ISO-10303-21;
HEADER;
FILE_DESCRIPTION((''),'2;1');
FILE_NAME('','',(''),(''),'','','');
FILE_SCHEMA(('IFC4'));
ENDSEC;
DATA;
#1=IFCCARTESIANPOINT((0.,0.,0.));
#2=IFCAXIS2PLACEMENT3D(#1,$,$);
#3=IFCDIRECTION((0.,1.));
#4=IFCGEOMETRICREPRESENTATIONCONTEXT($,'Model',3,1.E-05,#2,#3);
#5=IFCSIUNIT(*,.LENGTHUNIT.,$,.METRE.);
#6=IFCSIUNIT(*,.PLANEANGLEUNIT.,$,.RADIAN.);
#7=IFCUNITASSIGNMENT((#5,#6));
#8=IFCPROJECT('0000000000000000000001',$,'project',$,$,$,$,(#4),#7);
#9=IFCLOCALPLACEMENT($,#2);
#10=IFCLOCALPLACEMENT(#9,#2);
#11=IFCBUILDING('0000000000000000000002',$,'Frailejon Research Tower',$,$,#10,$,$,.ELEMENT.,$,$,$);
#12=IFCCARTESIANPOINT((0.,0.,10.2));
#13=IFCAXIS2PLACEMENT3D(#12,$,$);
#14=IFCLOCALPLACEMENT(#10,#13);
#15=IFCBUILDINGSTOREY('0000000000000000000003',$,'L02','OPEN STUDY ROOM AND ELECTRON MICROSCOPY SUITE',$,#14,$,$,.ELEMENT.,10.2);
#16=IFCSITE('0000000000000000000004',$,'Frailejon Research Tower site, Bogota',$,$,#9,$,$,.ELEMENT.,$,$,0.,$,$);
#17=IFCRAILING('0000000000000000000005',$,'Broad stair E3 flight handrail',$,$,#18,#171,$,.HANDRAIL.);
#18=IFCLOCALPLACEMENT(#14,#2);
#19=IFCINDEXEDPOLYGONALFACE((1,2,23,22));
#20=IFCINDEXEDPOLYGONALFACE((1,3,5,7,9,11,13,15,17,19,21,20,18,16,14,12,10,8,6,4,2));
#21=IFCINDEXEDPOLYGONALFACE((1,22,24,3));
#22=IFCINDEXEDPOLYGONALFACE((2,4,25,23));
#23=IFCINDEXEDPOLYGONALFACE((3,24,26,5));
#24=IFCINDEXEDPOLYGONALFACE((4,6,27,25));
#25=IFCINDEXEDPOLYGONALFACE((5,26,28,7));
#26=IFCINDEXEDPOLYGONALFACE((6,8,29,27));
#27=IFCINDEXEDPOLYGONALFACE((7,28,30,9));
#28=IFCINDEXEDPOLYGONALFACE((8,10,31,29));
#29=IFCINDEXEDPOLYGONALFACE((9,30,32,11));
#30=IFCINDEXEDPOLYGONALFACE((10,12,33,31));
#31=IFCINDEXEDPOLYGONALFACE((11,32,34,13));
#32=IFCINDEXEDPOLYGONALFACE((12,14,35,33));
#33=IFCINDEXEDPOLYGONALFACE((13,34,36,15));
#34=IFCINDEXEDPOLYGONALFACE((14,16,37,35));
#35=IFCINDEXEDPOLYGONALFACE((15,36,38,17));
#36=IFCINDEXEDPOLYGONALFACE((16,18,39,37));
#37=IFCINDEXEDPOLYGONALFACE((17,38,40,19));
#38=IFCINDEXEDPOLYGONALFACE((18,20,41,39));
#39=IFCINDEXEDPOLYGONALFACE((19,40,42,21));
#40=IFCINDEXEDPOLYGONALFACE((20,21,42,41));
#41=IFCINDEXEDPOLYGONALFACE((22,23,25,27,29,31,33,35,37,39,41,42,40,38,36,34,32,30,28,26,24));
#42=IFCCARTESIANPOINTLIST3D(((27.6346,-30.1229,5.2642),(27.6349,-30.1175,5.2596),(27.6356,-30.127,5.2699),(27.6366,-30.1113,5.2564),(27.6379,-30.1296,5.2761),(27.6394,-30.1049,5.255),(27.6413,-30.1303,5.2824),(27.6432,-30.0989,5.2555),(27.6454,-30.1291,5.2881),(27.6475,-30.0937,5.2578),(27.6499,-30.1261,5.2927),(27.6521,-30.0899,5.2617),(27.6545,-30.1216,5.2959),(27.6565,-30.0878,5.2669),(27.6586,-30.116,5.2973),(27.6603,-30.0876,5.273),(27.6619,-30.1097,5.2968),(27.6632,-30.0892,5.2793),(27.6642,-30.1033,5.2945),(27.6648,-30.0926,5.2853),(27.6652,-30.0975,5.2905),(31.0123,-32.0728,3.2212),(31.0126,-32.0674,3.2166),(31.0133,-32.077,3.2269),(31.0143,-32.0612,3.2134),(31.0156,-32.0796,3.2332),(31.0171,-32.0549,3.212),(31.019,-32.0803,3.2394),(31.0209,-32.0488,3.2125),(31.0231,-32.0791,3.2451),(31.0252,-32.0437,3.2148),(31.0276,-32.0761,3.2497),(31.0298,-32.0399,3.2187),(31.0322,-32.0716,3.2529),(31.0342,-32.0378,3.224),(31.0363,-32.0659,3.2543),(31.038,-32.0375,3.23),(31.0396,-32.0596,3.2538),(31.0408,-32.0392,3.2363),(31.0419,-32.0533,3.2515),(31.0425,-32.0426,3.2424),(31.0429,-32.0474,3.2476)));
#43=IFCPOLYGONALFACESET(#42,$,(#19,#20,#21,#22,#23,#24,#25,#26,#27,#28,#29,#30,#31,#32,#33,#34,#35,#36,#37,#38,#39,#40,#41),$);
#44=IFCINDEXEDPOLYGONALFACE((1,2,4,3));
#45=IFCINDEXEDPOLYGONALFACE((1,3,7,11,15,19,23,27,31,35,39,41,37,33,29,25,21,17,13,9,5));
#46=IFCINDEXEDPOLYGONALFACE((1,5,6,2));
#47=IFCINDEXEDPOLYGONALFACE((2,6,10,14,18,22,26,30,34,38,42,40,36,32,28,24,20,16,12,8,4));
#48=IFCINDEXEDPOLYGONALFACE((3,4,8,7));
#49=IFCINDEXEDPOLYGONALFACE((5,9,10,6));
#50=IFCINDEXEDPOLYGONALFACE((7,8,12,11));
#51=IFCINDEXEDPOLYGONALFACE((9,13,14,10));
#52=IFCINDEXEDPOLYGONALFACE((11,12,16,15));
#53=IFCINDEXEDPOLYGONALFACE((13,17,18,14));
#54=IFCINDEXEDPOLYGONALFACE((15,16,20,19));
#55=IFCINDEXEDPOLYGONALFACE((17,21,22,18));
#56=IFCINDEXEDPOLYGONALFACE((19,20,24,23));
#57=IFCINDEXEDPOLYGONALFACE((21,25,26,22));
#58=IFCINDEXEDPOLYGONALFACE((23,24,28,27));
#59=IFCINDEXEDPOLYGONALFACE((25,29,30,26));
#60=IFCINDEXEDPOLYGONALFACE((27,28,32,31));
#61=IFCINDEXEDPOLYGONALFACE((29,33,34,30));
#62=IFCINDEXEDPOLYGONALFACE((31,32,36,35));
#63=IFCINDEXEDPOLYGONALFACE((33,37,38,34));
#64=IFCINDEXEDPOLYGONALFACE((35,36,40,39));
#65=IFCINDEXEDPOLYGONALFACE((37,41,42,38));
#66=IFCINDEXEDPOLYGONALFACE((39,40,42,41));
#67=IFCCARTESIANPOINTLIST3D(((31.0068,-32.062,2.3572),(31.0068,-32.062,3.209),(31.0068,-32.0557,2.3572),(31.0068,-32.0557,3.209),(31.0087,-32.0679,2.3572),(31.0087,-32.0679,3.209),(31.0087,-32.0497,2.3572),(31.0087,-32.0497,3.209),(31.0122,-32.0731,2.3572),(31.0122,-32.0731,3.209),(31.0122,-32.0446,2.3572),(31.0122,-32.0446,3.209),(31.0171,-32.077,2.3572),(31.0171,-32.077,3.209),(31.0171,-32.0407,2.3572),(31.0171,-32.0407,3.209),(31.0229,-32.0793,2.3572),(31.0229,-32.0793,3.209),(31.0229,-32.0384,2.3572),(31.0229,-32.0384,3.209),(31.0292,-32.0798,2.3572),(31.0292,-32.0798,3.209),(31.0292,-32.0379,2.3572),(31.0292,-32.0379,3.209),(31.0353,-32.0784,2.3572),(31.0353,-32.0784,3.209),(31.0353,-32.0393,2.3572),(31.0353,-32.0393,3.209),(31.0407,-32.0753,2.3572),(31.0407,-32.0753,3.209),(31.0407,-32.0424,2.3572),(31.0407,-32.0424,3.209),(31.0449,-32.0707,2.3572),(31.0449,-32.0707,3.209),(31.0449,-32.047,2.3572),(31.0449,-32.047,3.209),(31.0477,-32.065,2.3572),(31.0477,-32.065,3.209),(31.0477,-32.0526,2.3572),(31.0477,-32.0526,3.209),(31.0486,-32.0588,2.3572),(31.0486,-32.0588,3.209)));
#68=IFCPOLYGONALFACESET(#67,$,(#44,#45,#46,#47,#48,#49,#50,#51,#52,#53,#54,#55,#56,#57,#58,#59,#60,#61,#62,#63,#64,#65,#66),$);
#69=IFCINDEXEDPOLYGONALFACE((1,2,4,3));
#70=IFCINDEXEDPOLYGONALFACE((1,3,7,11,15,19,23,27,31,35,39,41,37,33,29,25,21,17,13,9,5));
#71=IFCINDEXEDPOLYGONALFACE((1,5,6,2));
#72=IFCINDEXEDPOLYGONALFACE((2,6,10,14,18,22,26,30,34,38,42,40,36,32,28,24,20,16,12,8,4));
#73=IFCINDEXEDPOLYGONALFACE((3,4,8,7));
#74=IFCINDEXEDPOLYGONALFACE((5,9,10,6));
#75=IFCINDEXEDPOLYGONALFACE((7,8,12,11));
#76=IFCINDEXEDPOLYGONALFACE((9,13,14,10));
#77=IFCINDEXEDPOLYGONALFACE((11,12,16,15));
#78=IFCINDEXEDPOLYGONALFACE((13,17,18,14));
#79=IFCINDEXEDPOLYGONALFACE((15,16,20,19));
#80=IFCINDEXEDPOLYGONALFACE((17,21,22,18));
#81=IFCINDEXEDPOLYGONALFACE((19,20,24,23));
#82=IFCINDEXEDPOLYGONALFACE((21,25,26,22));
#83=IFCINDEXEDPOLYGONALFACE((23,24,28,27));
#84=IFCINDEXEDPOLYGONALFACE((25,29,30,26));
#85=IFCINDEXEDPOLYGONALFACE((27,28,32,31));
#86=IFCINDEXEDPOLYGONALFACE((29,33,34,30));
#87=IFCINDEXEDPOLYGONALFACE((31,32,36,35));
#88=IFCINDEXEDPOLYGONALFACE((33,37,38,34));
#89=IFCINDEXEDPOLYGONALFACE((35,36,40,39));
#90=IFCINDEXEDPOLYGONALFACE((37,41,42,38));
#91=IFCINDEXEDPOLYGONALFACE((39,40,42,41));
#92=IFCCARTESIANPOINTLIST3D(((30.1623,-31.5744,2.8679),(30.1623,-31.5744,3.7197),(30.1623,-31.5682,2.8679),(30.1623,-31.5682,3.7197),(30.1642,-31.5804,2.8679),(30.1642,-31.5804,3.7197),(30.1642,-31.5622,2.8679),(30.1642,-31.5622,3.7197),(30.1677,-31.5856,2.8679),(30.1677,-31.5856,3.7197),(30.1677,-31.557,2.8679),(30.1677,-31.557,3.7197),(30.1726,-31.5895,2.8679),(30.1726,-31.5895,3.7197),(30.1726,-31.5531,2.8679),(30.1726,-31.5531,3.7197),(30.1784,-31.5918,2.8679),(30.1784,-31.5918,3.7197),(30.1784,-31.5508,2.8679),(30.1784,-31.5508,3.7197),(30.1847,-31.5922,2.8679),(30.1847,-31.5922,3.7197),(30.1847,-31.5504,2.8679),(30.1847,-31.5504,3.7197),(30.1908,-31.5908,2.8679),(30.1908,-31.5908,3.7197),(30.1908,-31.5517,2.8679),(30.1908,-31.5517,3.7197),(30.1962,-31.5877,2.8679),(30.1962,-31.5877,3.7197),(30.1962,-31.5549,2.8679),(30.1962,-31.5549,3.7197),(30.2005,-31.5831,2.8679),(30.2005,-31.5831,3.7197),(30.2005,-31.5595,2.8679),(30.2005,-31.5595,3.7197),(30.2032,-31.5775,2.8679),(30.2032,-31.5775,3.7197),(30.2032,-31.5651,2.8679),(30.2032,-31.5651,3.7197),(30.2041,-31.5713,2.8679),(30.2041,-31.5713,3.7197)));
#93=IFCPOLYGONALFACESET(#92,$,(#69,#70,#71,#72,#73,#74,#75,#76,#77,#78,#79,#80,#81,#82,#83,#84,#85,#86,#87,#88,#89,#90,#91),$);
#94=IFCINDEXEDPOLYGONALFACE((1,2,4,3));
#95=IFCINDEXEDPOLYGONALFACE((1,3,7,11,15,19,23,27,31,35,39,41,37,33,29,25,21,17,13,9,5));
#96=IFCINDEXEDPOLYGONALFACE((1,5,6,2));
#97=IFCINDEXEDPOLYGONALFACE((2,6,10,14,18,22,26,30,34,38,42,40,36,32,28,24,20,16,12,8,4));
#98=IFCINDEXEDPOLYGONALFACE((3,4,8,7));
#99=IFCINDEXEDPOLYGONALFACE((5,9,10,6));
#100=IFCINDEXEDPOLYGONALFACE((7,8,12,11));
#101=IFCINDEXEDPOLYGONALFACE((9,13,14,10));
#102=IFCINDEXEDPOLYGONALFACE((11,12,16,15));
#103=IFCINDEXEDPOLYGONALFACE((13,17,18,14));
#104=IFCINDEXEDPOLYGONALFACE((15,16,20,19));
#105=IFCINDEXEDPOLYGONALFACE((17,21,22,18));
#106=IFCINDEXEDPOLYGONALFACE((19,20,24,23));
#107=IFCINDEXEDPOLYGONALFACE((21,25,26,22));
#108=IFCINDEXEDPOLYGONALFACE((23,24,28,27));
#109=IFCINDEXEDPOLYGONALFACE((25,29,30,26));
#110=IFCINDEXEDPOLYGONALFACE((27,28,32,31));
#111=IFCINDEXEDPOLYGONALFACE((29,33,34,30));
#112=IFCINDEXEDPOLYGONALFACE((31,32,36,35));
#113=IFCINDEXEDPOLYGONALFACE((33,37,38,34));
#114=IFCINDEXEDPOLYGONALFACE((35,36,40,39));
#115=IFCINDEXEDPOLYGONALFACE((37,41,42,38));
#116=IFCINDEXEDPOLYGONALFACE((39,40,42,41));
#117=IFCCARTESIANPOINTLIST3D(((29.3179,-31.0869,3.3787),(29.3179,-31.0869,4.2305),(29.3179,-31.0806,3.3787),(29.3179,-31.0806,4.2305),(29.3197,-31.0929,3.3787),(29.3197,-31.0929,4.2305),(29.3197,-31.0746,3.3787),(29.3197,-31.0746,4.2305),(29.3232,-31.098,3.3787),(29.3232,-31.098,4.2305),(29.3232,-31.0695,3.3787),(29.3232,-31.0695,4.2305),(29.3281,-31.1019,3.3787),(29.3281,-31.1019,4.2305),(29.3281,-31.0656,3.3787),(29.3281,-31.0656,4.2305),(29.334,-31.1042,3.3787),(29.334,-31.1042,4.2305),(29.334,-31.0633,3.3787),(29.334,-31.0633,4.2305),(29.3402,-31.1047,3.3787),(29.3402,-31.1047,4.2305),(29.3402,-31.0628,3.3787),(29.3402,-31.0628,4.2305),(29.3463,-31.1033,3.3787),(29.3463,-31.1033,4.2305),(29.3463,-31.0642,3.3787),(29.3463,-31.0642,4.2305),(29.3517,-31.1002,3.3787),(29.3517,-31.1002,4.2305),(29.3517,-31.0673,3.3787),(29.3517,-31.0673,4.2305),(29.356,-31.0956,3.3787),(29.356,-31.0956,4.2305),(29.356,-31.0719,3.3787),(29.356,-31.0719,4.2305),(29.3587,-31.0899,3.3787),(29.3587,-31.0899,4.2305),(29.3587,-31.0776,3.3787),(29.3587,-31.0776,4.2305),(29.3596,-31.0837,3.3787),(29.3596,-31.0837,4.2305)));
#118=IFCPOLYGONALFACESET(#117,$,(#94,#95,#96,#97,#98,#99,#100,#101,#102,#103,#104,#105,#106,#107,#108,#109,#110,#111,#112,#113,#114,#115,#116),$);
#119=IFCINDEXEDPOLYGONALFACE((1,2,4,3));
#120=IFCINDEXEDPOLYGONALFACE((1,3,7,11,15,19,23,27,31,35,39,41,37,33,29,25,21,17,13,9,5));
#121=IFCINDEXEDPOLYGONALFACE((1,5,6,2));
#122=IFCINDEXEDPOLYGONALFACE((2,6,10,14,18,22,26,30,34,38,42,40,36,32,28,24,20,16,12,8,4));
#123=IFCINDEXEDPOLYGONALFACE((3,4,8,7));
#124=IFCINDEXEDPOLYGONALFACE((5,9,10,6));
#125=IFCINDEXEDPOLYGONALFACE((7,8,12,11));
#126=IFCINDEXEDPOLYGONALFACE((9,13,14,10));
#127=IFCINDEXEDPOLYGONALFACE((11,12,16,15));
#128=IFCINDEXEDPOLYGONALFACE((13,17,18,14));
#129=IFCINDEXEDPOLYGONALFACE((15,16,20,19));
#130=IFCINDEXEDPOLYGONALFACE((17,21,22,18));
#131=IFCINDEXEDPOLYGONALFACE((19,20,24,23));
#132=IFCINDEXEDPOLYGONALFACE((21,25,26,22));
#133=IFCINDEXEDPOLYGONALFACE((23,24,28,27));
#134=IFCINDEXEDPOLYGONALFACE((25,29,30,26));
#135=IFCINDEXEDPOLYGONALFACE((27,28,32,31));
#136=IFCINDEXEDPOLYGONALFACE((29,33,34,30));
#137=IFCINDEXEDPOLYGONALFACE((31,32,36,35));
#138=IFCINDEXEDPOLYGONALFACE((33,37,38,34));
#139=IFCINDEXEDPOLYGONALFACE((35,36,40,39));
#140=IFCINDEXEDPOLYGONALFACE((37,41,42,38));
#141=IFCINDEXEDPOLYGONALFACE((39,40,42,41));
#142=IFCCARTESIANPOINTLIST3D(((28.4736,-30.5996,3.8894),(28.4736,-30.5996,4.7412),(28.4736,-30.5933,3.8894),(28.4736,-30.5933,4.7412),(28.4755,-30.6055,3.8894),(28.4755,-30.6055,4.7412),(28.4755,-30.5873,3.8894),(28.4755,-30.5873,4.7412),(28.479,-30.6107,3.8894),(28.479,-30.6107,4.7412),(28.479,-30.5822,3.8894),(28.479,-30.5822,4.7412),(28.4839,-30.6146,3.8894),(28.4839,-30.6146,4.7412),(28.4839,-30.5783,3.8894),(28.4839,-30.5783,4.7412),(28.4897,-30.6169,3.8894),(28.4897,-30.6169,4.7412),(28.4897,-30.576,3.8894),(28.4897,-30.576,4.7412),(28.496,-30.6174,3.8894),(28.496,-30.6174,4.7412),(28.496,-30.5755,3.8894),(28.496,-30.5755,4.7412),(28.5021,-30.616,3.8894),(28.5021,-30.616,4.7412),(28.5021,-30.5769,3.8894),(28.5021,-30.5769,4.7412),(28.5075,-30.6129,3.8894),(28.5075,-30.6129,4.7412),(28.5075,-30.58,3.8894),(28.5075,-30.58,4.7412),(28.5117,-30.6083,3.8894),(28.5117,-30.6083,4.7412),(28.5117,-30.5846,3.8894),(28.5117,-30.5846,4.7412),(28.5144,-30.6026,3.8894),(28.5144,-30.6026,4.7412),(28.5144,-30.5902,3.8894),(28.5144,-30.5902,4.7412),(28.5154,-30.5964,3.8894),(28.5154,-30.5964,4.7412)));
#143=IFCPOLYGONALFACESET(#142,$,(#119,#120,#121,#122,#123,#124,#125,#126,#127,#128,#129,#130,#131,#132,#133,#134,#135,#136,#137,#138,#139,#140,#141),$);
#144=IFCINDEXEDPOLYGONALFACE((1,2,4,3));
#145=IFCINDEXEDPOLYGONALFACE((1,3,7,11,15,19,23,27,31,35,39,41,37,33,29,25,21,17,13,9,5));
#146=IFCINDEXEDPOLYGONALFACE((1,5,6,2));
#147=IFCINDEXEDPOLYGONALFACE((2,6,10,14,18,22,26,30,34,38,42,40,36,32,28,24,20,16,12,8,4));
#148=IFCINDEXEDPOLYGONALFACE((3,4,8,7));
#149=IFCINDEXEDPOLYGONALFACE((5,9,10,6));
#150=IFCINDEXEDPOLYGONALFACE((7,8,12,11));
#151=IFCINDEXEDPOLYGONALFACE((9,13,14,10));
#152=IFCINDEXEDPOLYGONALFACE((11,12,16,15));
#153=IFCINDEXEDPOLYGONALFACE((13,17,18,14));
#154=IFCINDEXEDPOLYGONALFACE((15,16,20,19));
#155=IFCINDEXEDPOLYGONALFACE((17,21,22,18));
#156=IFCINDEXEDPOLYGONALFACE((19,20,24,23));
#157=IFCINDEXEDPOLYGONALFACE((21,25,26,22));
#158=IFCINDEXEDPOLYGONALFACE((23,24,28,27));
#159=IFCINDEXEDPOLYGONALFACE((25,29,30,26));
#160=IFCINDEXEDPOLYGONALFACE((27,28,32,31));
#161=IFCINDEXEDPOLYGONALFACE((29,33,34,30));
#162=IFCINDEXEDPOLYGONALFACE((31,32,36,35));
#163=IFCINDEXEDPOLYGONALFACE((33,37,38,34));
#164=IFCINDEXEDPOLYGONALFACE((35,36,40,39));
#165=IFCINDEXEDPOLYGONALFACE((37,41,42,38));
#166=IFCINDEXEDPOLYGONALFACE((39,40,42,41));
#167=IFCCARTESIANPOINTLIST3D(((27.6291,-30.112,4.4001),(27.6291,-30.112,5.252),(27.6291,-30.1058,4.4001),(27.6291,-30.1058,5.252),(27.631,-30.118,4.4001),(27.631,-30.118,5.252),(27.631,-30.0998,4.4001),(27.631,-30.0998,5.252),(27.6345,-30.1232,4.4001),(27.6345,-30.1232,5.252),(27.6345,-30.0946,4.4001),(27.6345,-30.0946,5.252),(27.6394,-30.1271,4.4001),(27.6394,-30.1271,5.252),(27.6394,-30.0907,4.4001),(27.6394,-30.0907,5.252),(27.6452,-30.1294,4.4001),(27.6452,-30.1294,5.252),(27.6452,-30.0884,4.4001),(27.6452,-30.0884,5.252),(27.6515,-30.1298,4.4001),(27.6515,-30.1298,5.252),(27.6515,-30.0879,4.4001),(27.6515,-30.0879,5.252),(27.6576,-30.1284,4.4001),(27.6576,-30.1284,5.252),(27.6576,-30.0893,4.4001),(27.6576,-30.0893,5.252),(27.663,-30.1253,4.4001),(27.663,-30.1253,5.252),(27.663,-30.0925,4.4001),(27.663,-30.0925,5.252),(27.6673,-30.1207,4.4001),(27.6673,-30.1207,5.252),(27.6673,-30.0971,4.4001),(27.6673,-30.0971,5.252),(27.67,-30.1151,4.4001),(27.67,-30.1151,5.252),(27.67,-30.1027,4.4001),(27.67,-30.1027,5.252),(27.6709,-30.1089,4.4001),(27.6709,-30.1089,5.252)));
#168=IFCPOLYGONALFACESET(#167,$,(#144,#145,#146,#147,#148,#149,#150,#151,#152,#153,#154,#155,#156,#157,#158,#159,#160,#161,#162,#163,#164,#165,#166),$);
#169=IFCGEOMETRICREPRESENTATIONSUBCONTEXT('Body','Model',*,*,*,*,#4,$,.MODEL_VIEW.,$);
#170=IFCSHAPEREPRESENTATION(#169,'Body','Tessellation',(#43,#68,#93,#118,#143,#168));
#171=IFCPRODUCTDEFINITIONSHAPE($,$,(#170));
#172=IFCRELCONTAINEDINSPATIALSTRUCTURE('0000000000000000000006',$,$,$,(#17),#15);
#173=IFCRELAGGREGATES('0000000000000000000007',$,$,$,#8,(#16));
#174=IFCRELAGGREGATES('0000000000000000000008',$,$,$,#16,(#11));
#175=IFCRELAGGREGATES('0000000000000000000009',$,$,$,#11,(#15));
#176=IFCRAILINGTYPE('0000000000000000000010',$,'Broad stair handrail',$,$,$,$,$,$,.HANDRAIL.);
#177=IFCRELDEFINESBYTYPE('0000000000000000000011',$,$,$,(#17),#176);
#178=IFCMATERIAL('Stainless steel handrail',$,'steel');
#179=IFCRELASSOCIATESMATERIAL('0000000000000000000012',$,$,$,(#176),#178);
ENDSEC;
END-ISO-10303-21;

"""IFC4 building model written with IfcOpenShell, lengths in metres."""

from ifc_helpers import new_model, si_unit, direction, frame, origin, origin_2d, place, context, subcontext, project, spatial, circle, extrude, material, type_object, element, save


model = new_model("IFC4")

# Units and contexts
model_context = context("Model", 3, precision=1e-05, world=origin(), true_north=direction((0.0, 1.0)))
body_context = subcontext(model_context, "Body", "Model", "MODEL_VIEW")
ifc_project = project(units=[si_unit("LENGTHUNIT", "METRE"), si_unit("PLANEANGLEUNIT", "RADIAN")], contexts=[model_context])

# Site, building, storey
site_placement = place(None, origin())
site = spatial("IfcSite", under=ifc_project, at=site_placement, Name="Frailejon Research Tower site, Bogota", CompositionType="ELEMENT", RefElevation=0.0)
building_placement = place(site_placement, origin())
building = spatial("IfcBuilding", under=site, at=building_placement, Name="Frailejon Research Tower", CompositionType="ELEMENT")
storey_placement = place(building_placement, frame((0.0, 0.0, 10.2)))
storey = spatial("IfcBuildingStorey", under=building, at=storey_placement, Name="L02", Description="OPEN STUDY ROOM AND ELECTRON MICROSCOPY SUITE", CompositionType="ELEMENT", Elevation=10.2)

# Railing
ifc_material_1 = material(Name="Stainless steel handrail", Category="steel")
railing_type_1 = type_object("IfcRailingType", Name="Broad stair handrail", PredefinedType="HANDRAIL", material=ifc_material_1)
railing_1_placement = place(storey_placement, frame((31.0276, -32.0588, 2.3572)))
element("IfcRailing", 1, at=railing_1_placement, inside=storey, type_object=railing_type_1, Name="Broad stair E3 flight handrail", PredefinedType="HANDRAIL", context=body_context, shape_type="SweptSolid", body=[
    extrude(circle(Radius=0.0239, at=origin_2d()), frame((0.0, 0.0, 0.876), z_axis=(-0.767165, 0.442887, 0.464014), x_axis=(-0.49997, -0.866043, 0.0)), (0.0, 0.0, 1.0), 4.4028),
    extrude(circle(Radius=0.021, at=origin_2d()), origin(), (0.0, 0.0, 1.0), 0.8518),
    extrude(circle(Radius=0.021, at=origin_2d()), frame((-0.8445, 0.4875, 0.5107)), (0.0, 0.0, 1.0), 0.8518),
    extrude(circle(Radius=0.021, at=origin_2d()), frame((-1.689, 0.9751, 1.0215)), (0.0, 0.0, 1.0), 0.8518),
    extrude(circle(Radius=0.021, at=origin_2d()), frame((-2.5332, 1.4624, 1.5322)), (0.0, 0.0, 1.0), 0.8518),
    extrude(circle(Radius=0.021, at=origin_2d()), frame((-3.3777, 1.95, 2.043)), (0.0, 0.0, 1.0), 0.8518),
])

save(model, "model.ifc")
